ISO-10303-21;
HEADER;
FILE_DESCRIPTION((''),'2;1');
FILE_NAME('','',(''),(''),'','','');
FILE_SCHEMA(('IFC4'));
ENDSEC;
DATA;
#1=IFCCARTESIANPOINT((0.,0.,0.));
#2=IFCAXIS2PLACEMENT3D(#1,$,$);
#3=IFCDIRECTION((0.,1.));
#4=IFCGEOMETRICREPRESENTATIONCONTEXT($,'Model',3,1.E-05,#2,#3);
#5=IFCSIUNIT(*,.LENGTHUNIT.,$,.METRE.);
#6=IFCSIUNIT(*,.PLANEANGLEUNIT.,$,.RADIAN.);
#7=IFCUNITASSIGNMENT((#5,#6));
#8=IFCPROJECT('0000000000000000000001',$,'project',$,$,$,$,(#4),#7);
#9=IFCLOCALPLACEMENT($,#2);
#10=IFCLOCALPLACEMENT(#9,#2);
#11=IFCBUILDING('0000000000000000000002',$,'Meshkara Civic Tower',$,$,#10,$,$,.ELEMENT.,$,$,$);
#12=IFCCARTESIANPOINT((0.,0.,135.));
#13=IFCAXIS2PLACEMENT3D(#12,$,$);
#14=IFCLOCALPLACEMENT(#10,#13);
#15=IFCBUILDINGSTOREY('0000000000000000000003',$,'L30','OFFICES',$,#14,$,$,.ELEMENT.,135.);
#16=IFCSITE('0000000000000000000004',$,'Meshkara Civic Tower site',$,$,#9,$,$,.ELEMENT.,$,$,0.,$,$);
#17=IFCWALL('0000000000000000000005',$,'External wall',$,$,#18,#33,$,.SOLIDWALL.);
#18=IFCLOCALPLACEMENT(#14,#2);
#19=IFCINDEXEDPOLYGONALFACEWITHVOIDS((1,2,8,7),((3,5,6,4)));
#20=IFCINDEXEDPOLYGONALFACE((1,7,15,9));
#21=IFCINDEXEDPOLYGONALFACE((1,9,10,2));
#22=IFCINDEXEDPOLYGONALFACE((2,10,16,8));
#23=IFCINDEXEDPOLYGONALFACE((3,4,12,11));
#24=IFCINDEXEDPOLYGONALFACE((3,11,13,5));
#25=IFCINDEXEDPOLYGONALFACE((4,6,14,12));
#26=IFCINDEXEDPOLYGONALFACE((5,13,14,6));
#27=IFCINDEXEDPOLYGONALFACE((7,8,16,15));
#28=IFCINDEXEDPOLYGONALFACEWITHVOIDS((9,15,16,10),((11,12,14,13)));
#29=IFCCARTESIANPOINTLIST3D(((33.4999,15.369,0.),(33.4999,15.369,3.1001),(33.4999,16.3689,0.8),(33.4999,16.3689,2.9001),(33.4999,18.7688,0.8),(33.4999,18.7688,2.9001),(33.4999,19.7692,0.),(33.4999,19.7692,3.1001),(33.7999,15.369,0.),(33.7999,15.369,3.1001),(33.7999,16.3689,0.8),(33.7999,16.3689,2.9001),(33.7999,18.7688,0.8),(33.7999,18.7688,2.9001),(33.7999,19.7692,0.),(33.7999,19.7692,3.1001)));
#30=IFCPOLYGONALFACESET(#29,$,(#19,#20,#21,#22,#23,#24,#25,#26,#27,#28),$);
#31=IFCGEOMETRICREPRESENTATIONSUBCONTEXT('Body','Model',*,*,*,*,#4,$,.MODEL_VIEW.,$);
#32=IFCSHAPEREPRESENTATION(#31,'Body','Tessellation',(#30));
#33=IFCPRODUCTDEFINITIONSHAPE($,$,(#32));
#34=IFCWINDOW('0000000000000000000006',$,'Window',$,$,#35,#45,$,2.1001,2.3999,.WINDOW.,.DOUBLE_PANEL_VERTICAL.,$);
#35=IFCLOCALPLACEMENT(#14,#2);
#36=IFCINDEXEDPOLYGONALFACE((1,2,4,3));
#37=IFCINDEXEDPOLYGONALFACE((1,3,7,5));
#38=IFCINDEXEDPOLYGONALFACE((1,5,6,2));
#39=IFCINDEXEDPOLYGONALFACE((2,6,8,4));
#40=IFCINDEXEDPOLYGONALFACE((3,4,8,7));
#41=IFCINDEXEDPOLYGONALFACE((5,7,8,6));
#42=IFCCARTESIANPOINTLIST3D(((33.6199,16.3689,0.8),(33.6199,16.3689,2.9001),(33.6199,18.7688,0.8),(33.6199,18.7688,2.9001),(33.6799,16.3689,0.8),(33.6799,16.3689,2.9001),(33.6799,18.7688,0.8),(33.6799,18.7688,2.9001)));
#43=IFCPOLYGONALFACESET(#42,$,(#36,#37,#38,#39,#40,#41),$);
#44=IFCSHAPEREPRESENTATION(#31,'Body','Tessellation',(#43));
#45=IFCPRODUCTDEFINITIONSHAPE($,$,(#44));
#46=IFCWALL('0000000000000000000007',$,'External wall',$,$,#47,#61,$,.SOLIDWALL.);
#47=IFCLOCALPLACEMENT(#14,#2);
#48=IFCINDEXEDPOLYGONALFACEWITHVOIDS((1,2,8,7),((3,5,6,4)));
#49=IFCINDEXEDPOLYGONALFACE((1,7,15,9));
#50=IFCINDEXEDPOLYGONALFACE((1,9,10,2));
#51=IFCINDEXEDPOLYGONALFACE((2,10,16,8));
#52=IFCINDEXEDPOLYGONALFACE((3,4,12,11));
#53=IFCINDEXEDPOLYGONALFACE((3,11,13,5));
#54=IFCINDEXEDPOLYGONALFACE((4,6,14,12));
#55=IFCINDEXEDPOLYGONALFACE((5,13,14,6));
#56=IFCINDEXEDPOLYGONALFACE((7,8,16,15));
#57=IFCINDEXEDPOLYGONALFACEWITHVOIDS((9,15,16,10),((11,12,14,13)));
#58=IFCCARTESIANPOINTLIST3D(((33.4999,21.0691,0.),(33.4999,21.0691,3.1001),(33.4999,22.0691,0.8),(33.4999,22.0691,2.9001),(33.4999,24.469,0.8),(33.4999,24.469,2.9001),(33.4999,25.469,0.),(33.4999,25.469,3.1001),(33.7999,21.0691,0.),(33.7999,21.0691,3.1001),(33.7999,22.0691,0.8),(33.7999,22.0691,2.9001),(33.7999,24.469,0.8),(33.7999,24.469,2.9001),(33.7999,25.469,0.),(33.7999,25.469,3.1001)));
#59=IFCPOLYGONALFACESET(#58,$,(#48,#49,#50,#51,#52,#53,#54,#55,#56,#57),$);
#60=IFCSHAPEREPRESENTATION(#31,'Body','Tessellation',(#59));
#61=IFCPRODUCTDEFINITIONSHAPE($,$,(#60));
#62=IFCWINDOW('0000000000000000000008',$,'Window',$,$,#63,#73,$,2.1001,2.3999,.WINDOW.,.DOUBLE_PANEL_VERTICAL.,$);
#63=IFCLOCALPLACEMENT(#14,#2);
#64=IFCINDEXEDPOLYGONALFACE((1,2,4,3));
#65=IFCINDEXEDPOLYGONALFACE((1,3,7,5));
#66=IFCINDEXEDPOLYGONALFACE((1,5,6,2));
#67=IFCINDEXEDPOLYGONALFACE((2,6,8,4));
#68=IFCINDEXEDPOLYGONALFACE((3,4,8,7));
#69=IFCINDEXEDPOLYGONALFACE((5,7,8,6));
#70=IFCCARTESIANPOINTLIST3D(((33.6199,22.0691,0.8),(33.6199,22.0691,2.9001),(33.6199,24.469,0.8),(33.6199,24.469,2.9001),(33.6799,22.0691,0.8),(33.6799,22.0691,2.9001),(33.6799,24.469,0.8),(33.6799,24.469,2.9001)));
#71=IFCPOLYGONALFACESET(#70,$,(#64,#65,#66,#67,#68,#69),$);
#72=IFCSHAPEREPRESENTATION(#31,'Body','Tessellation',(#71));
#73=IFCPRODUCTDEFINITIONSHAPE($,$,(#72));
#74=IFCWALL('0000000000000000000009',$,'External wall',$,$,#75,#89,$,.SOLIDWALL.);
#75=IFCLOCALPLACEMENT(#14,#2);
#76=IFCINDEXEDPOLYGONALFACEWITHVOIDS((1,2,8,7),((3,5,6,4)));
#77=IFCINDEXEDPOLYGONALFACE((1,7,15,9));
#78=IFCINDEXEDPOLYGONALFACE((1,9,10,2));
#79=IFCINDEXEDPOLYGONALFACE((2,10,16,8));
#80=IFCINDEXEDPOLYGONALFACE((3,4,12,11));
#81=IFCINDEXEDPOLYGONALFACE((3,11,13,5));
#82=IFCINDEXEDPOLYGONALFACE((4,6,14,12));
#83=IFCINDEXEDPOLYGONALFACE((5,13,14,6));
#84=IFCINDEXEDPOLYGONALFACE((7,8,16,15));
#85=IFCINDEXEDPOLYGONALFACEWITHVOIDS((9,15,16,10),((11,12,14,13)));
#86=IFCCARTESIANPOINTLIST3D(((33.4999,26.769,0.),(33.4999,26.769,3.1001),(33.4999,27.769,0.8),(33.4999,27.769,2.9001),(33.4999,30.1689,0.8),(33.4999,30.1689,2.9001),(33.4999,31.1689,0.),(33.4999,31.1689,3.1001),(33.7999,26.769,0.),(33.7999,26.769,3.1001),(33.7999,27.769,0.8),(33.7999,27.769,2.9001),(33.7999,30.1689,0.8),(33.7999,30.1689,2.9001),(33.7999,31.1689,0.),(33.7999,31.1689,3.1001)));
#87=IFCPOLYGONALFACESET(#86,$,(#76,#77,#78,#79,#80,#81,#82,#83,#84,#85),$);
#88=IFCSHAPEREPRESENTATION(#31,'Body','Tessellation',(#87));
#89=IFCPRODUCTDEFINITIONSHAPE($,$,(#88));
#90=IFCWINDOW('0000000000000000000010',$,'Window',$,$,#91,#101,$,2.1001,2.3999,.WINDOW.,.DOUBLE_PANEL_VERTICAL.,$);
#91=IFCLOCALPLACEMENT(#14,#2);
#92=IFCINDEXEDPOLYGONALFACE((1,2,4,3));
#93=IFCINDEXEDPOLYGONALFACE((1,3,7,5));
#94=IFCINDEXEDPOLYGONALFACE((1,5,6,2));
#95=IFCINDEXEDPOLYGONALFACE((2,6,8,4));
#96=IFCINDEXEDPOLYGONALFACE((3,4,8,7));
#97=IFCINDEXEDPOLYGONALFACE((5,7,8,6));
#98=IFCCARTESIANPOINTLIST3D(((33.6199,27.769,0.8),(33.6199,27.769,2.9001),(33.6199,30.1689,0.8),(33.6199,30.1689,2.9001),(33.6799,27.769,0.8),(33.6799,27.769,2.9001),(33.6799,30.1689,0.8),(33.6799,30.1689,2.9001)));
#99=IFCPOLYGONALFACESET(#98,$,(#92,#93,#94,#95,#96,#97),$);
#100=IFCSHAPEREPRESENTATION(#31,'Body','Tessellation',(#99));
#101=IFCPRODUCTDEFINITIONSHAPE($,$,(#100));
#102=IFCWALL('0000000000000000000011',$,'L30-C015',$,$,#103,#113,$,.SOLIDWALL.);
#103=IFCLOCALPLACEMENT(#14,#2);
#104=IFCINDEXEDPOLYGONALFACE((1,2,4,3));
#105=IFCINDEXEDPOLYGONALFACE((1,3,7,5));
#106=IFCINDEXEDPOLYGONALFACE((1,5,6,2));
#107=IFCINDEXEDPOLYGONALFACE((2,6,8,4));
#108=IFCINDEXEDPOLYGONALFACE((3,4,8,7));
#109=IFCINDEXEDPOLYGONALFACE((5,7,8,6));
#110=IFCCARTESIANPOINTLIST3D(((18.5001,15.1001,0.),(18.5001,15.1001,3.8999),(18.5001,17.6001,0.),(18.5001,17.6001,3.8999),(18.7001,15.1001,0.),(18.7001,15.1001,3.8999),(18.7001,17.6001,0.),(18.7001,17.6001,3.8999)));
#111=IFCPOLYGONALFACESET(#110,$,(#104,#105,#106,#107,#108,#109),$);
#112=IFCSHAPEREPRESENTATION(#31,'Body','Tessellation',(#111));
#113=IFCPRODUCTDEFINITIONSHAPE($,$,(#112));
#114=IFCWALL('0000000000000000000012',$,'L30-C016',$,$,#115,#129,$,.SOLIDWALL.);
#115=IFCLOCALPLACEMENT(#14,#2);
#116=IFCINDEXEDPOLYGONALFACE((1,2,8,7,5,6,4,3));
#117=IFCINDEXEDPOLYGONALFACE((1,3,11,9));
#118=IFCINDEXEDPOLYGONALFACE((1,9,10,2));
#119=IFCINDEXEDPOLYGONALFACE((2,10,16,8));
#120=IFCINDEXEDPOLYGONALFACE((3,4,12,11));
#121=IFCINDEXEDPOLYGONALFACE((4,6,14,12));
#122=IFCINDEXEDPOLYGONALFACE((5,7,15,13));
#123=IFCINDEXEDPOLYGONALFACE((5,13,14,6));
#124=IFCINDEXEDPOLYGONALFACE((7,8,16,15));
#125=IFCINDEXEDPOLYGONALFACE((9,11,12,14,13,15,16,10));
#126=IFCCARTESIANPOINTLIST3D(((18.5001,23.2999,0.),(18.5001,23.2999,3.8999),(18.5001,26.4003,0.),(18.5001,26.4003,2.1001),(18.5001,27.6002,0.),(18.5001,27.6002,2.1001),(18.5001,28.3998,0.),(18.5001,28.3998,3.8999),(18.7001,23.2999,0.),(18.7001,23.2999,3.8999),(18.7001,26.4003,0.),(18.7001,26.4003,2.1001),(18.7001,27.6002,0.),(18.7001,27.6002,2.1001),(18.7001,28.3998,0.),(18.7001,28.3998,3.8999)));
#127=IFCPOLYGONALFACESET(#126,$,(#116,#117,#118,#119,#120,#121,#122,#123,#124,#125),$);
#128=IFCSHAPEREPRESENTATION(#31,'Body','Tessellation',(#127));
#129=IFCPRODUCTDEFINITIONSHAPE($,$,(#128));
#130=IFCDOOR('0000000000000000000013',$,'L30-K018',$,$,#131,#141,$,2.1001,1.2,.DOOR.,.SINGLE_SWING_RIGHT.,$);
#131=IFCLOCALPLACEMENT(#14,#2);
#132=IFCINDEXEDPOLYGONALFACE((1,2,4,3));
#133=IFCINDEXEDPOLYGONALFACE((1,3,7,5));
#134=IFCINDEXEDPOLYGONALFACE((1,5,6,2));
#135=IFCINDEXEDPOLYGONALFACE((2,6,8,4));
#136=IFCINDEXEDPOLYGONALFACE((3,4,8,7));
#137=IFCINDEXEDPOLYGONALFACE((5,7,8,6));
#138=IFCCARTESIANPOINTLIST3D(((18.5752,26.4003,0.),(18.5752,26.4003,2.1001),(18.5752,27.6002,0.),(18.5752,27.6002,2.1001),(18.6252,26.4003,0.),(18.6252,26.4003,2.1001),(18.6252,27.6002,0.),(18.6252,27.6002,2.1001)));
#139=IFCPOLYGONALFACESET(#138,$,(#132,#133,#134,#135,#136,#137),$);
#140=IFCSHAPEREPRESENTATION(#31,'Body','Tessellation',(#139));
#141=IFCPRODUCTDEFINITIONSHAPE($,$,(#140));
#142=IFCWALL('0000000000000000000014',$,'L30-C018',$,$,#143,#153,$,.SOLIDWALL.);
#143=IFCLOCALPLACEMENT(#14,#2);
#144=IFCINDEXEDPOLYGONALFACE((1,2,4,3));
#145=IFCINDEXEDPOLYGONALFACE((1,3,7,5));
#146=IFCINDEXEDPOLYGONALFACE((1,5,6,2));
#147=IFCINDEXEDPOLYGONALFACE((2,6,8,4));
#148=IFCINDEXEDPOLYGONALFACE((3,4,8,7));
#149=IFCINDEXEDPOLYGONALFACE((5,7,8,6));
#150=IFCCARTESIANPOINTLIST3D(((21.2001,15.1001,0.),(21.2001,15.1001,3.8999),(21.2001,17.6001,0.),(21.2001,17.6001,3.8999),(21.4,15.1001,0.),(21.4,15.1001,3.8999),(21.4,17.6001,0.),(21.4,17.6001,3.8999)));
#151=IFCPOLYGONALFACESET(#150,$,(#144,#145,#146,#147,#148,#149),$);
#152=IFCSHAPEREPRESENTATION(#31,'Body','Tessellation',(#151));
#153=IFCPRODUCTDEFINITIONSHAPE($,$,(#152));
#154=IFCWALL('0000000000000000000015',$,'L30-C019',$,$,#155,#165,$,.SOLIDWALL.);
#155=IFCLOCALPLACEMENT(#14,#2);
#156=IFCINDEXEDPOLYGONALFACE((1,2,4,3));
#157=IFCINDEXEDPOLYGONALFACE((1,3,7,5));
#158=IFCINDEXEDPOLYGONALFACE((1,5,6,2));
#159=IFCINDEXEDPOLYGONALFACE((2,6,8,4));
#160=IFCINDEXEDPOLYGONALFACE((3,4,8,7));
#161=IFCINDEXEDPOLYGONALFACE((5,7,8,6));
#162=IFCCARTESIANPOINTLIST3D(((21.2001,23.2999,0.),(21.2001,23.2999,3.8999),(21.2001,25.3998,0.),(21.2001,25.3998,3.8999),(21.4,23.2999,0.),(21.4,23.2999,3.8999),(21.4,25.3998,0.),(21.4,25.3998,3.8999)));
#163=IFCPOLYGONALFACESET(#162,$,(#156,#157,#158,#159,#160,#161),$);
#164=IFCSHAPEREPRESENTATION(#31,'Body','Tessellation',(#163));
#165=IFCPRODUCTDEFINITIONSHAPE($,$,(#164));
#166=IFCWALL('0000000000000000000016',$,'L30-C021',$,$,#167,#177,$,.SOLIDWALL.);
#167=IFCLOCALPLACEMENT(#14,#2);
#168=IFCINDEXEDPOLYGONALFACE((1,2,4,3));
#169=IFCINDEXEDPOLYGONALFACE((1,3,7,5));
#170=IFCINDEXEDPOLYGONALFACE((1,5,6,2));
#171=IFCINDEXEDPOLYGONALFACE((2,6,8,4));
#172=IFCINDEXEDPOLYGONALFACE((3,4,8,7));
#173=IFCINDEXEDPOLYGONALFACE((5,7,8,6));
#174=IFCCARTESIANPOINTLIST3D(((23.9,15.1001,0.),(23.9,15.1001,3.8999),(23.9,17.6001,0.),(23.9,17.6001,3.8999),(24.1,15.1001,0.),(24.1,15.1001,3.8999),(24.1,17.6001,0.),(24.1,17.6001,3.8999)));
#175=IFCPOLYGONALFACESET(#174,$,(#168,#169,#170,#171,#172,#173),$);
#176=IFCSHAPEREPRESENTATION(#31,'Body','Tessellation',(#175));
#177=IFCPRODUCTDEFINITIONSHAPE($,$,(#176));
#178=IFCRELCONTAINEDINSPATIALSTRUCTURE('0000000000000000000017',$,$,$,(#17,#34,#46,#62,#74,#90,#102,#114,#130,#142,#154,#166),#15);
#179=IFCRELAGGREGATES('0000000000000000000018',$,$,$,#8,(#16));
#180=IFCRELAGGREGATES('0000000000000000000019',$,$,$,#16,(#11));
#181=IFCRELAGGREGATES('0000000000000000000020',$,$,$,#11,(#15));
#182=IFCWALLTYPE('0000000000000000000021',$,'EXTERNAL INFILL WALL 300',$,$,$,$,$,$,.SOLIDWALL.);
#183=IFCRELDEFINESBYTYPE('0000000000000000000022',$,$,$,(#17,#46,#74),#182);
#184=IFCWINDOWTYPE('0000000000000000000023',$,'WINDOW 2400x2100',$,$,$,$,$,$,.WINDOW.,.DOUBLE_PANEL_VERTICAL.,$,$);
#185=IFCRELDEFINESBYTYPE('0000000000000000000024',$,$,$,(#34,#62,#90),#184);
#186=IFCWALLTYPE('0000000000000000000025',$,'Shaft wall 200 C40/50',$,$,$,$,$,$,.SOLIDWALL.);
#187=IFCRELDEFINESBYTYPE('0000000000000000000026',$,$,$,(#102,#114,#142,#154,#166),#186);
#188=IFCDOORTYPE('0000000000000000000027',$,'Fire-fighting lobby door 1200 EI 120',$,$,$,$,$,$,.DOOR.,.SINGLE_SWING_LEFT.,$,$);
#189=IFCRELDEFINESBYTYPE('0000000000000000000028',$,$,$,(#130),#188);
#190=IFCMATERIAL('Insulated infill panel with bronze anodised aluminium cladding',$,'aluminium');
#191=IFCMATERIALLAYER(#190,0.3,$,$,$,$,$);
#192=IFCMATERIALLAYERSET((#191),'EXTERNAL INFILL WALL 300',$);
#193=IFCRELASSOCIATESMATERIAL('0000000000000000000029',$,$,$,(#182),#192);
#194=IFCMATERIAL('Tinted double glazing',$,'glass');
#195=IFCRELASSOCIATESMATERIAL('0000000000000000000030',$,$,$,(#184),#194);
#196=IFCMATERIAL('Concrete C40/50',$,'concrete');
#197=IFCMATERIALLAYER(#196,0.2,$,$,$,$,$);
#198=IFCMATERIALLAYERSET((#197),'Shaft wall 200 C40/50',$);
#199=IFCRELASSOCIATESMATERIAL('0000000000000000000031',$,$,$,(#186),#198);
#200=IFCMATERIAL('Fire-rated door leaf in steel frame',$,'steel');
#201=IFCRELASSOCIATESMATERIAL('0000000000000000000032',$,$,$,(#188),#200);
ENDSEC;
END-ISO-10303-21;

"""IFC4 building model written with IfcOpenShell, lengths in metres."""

from ifc_helpers import new_model, si_unit, direction, frame, frame_2d, origin, place, context, subcontext, project, spatial, rectangle, extrude, material, layer, layer_set, type_object, element, fill, save


model = new_model("IFC4")

# Units and contexts
model_context = context("Model", 3, precision=1e-05, world=origin(), true_north=direction((0.0, 1.0)))
body_context = subcontext(model_context, "Body", "Model", "MODEL_VIEW")
ifc_project = project(units=[si_unit("LENGTHUNIT", "METRE"), si_unit("PLANEANGLEUNIT", "RADIAN")], contexts=[model_context])

# Site, building, storey
site_placement = place(None, origin())
site = spatial("IfcSite", under=ifc_project, at=site_placement, Name="Meshkara Civic Tower site", CompositionType="ELEMENT", RefElevation=0.0)
building_placement = place(site_placement, origin())
building = spatial("IfcBuilding", under=site, at=building_placement, Name="Meshkara Civic Tower", CompositionType="ELEMENT")
storey_placement = place(building_placement, frame((0.0, 0.0, 135.0)))
storey = spatial("IfcBuildingStorey", under=building, at=storey_placement, Name="L30", Description="OFFICES", CompositionType="ELEMENT", Elevation=135.0)

# Walls, openings, windows
ifc_material_1 = material(Name="Insulated infill panel with bronze anodised aluminium cladding", Category="aluminium")
ifc_layer_1 = layer(ifc_material_1, 0.3)
ifc_layer_set_1 = layer_set([ifc_layer_1], Name="EXTERNAL INFILL WALL 300")
wall_type_1 = type_object("IfcWallType", Name="EXTERNAL INFILL WALL 300", PredefinedType="SOLIDWALL", material=ifc_layer_set_1)
ifc_material_2 = material(Name="Tinted double glazing", Category="glass")
window_type = type_object("IfcWindowType", Name="WINDOW 2400x2100", PartitioningType="DOUBLE_PANEL_VERTICAL", PredefinedType="WINDOW", material=ifc_material_2)
wall_1_placement = place(storey_placement, frame((33.6499, 15.3689, 0.0), z_axis=(0.0, 0.0, 1.0), x_axis=(0.0, 1.0, 0.0)))
wall_1 = element("IfcWall", 1, at=wall_1_placement, inside=storey, type_object=wall_type_1, Name="External wall", PredefinedType="SOLIDWALL", context=body_context, shape_type="SweptSolid", body=[
    extrude(rectangle(XDim=4.4001, YDim=0.3, at=frame_2d((2.2002, 0.0))), origin(), (0.0, 0.0, 1.0), 3.1001),
])
opening_1_placement = place(wall_1_placement, frame((1.0, 0.0, 0.8)))
opening_1 = element("IfcOpeningElement", 2, at=opening_1_placement, cuts=wall_1, PredefinedType="OPENING", context=body_context, shape_type="SweptSolid", body=[
    extrude(rectangle(XDim=2.3999, YDim=2.1001, at=frame_2d((1.2, 1.05))), frame((0.0, 0.1599, 0.0), z_axis=(0.0, -1.0, 0.0), x_axis=(1.0, 0.0, 0.0)), (0.0, 0.0, 1.0), 0.3201),
])
window_1_placement = place(opening_1_placement, origin())
window_1 = element("IfcWindow", 3, at=window_1_placement, inside=storey, type_object=window_type, Name="Window", OverallHeight=2.1001, OverallWidth=2.3999, PartitioningType="DOUBLE_PANEL_VERTICAL", PredefinedType="WINDOW", context=body_context, shape_type="SweptSolid", body=[
    extrude(rectangle(XDim=2.3999, YDim=2.1001, at=frame_2d((1.2, 1.05))), frame((0.0, 0.03, 0.0), z_axis=(0.0, -1.0, 0.0), x_axis=(1.0, 0.0, 0.0)), (0.0, 0.0, 1.0), 0.0601),
])
fill(opening_1, window_1)
wall_2_placement = place(storey_placement, frame((33.6499, 21.0691, 0.0), z_axis=(0.0, 0.0, 1.0), x_axis=(0.0, 1.0, 0.0)))
wall_2 = element("IfcWall", 4, at=wall_2_placement, inside=storey, type_object=wall_type_1, Name="External wall", PredefinedType="SOLIDWALL", context=body_context, shape_type="SweptSolid", body=[
    extrude(rectangle(XDim=4.3999, YDim=0.3, at=frame_2d((2.2, 0.0))), origin(), (0.0, 0.0, 1.0), 3.1001),
])
opening_2_placement = place(wall_2_placement, frame((1.0, 0.0, 0.8)))
opening_2 = element("IfcOpeningElement", 5, at=opening_2_placement, cuts=wall_2, PredefinedType="OPENING", context=body_context, shape_type="SweptSolid", body=[
    extrude(rectangle(XDim=2.3999, YDim=2.1001, at=frame_2d((1.2, 1.05))), frame((0.0, 0.1599, 0.0), z_axis=(0.0, -1.0, 0.0), x_axis=(1.0, 0.0, 0.0)), (0.0, 0.0, 1.0), 0.3201),
])
window_2_placement = place(opening_2_placement, origin())
window_2 = element("IfcWindow", 6, at=window_2_placement, inside=storey, type_object=window_type, Name="Window", OverallHeight=2.1001, OverallWidth=2.3999, PartitioningType="DOUBLE_PANEL_VERTICAL", PredefinedType="WINDOW", context=body_context, shape_type="SweptSolid", body=[
    extrude(rectangle(XDim=2.3999, YDim=2.1001, at=frame_2d((1.2, 1.05))), frame((0.0, 0.03, 0.0), z_axis=(0.0, -1.0, 0.0), x_axis=(1.0, 0.0, 0.0)), (0.0, 0.0, 1.0), 0.0601),
])
fill(opening_2, window_2)
wall_3_placement = place(storey_placement, frame((33.6499, 26.769, 0.0), z_axis=(0.0, 0.0, 1.0), x_axis=(0.0, 1.0, 0.0)))
wall_3 = element("IfcWall", 7, at=wall_3_placement, inside=storey, type_object=wall_type_1, Name="External wall", PredefinedType="SOLIDWALL", context=body_context, shape_type="SweptSolid", body=[
    extrude(rectangle(XDim=4.3999, YDim=0.3, at=frame_2d((2.2, 0.0))), origin(), (0.0, 0.0, 1.0), 3.1001),
])
opening_3_placement = place(wall_3_placement, frame((1.0, 0.0, 0.8)))
opening_3 = element("IfcOpeningElement", 8, at=opening_3_placement, cuts=wall_3, PredefinedType="OPENING", context=body_context, shape_type="SweptSolid", body=[
    extrude(rectangle(XDim=2.3999, YDim=2.1001, at=frame_2d((1.2, 1.05))), frame((0.0, 0.1599, 0.0), z_axis=(0.0, -1.0, 0.0), x_axis=(1.0, 0.0, 0.0)), (0.0, 0.0, 1.0), 0.3201),
])
window_3_placement = place(opening_3_placement, origin())
window_3 = element("IfcWindow", 9, at=window_3_placement, inside=storey, type_object=window_type, Name="Window", OverallHeight=2.1001, OverallWidth=2.3999, PartitioningType="DOUBLE_PANEL_VERTICAL", PredefinedType="WINDOW", context=body_context, shape_type="SweptSolid", body=[
    extrude(rectangle(XDim=2.3999, YDim=2.1001, at=frame_2d((1.2, 1.05))), frame((0.0, 0.03, 0.0), z_axis=(0.0, -1.0, 0.0), x_axis=(1.0, 0.0, 0.0)), (0.0, 0.0, 1.0), 0.0601),
])
fill(opening_3, window_3)

# Wall
ifc_material_3 = material(Name="Concrete C40/50", Category="concrete")
ifc_layer_2 = layer(ifc_material_3, 0.2)
ifc_layer_set_2 = layer_set([ifc_layer_2], Name="Shaft wall 200 C40/50")
wall_type_2 = type_object("IfcWallType", Name="Shaft wall 200 C40/50", PredefinedType="SOLIDWALL", material=ifc_layer_set_2)
wall_4_placement = place(storey_placement, frame((18.6001, 15.1001, 0.0), z_axis=(0.0, 0.0, 1.0), x_axis=(0.0, 1.0, 0.0)))
element("IfcWall", 10, at=wall_4_placement, inside=storey, type_object=wall_type_2, Name="L30-C015", PredefinedType="SOLIDWALL", context=body_context, shape_type="SweptSolid", body=[
    extrude(rectangle(XDim=2.5, YDim=0.2, at=frame_2d((1.25, 0.0))), origin(), (0.0, 0.0, 1.0), 3.8999),
])

# Wall, opening, door
wall_5_placement = place(storey_placement, frame((18.6001, 23.3, 0.0), z_axis=(0.0, 0.0, 1.0), x_axis=(0.0, 1.0, 0.0)))
wall_5 = element("IfcWall", 11, at=wall_5_placement, inside=storey, type_object=wall_type_2, Name="L30-C016", PredefinedType="SOLIDWALL", context=body_context, shape_type="SweptSolid", body=[
    extrude(rectangle(XDim=5.0999, YDim=0.2, at=frame_2d((2.5498, 0.0))), origin(), (0.0, 0.0, 1.0), 3.8999),
])
opening_4_placement = place(wall_5_placement, frame((3.1001, 0.0, 0.0)))
opening_4 = element("IfcOpeningElement", 12, at=opening_4_placement, cuts=wall_5, PredefinedType="OPENING", context=body_context, shape_type="SweptSolid", body=[
    extrude(rectangle(XDim=1.2, YDim=2.1001, at=frame_2d((0.6001, 1.05))), frame((0.0, 0.1099, 0.0), z_axis=(0.0, -1.0, 0.0), x_axis=(1.0, 0.0, 0.0)), (0.0, 0.0, 1.0), 0.22),
])
ifc_material_4 = material(Name="Fire-rated door leaf in steel frame", Category="steel")
door_type_1 = type_object("IfcDoorType", Name="Fire-fighting lobby door 1200 EI 120", OperationType="SINGLE_SWING_LEFT", PredefinedType="DOOR", material=ifc_material_4)
door_1_placement = place(opening_4_placement, origin())
door_1 = element("IfcDoor", 13, at=door_1_placement, inside=storey, type_object=door_type_1, Name="L30-K018", OperationType="SINGLE_SWING_RIGHT", OverallHeight=2.1001, OverallWidth=1.2, PredefinedType="DOOR", context=body_context, shape_type="SweptSolid", body=[
    extrude(rectangle(XDim=1.2, YDim=2.1001, at=frame_2d((0.6001, 1.05))), frame((0.0, 0.0249, 0.0), z_axis=(0.0, -1.0, 0.0), x_axis=(1.0, 0.0, 0.0)), (0.0, 0.0, 1.0), 0.05),
])
fill(opening_4, door_1)

# Walls
wall_6_placement = place(storey_placement, frame((21.3, 15.1001, 0.0), z_axis=(0.0, 0.0, 1.0), x_axis=(0.0, 1.0, 0.0)))
element("IfcWall", 14, at=wall_6_placement, inside=storey, type_object=wall_type_2, Name="L30-C018", PredefinedType="SOLIDWALL", context=body_context, shape_type="SweptSolid", body=[
    extrude(rectangle(XDim=2.5, YDim=0.2, at=frame_2d((1.25, 0.0))), origin(), (0.0, 0.0, 1.0), 3.8999),
])
wall_7_placement = place(storey_placement, frame((21.3, 23.3, 0.0), z_axis=(0.0, 0.0, 1.0), x_axis=(0.0, 1.0, 0.0)))
element("IfcWall", 15, at=wall_7_placement, inside=storey, type_object=wall_type_2, Name="L30-C019", PredefinedType="SOLIDWALL", context=body_context, shape_type="SweptSolid", body=[
    extrude(rectangle(XDim=2.0999, YDim=0.2, at=frame_2d((1.0498, 0.0))), origin(), (0.0, 0.0, 1.0), 3.8999),
])
wall_8_placement = place(storey_placement, frame((24.0, 15.1001, 0.0), z_axis=(0.0, 0.0, 1.0), x_axis=(0.0, 1.0, 0.0)))
element("IfcWall", 16, at=wall_8_placement, inside=storey, type_object=wall_type_2, Name="L30-C021", PredefinedType="SOLIDWALL", context=body_context, shape_type="SweptSolid", body=[
    extrude(rectangle(XDim=2.5, YDim=0.2, at=frame_2d((1.25, 0.0))), origin(), (0.0, 0.0, 1.0), 3.8999),
])

save(model, "model.ifc")
